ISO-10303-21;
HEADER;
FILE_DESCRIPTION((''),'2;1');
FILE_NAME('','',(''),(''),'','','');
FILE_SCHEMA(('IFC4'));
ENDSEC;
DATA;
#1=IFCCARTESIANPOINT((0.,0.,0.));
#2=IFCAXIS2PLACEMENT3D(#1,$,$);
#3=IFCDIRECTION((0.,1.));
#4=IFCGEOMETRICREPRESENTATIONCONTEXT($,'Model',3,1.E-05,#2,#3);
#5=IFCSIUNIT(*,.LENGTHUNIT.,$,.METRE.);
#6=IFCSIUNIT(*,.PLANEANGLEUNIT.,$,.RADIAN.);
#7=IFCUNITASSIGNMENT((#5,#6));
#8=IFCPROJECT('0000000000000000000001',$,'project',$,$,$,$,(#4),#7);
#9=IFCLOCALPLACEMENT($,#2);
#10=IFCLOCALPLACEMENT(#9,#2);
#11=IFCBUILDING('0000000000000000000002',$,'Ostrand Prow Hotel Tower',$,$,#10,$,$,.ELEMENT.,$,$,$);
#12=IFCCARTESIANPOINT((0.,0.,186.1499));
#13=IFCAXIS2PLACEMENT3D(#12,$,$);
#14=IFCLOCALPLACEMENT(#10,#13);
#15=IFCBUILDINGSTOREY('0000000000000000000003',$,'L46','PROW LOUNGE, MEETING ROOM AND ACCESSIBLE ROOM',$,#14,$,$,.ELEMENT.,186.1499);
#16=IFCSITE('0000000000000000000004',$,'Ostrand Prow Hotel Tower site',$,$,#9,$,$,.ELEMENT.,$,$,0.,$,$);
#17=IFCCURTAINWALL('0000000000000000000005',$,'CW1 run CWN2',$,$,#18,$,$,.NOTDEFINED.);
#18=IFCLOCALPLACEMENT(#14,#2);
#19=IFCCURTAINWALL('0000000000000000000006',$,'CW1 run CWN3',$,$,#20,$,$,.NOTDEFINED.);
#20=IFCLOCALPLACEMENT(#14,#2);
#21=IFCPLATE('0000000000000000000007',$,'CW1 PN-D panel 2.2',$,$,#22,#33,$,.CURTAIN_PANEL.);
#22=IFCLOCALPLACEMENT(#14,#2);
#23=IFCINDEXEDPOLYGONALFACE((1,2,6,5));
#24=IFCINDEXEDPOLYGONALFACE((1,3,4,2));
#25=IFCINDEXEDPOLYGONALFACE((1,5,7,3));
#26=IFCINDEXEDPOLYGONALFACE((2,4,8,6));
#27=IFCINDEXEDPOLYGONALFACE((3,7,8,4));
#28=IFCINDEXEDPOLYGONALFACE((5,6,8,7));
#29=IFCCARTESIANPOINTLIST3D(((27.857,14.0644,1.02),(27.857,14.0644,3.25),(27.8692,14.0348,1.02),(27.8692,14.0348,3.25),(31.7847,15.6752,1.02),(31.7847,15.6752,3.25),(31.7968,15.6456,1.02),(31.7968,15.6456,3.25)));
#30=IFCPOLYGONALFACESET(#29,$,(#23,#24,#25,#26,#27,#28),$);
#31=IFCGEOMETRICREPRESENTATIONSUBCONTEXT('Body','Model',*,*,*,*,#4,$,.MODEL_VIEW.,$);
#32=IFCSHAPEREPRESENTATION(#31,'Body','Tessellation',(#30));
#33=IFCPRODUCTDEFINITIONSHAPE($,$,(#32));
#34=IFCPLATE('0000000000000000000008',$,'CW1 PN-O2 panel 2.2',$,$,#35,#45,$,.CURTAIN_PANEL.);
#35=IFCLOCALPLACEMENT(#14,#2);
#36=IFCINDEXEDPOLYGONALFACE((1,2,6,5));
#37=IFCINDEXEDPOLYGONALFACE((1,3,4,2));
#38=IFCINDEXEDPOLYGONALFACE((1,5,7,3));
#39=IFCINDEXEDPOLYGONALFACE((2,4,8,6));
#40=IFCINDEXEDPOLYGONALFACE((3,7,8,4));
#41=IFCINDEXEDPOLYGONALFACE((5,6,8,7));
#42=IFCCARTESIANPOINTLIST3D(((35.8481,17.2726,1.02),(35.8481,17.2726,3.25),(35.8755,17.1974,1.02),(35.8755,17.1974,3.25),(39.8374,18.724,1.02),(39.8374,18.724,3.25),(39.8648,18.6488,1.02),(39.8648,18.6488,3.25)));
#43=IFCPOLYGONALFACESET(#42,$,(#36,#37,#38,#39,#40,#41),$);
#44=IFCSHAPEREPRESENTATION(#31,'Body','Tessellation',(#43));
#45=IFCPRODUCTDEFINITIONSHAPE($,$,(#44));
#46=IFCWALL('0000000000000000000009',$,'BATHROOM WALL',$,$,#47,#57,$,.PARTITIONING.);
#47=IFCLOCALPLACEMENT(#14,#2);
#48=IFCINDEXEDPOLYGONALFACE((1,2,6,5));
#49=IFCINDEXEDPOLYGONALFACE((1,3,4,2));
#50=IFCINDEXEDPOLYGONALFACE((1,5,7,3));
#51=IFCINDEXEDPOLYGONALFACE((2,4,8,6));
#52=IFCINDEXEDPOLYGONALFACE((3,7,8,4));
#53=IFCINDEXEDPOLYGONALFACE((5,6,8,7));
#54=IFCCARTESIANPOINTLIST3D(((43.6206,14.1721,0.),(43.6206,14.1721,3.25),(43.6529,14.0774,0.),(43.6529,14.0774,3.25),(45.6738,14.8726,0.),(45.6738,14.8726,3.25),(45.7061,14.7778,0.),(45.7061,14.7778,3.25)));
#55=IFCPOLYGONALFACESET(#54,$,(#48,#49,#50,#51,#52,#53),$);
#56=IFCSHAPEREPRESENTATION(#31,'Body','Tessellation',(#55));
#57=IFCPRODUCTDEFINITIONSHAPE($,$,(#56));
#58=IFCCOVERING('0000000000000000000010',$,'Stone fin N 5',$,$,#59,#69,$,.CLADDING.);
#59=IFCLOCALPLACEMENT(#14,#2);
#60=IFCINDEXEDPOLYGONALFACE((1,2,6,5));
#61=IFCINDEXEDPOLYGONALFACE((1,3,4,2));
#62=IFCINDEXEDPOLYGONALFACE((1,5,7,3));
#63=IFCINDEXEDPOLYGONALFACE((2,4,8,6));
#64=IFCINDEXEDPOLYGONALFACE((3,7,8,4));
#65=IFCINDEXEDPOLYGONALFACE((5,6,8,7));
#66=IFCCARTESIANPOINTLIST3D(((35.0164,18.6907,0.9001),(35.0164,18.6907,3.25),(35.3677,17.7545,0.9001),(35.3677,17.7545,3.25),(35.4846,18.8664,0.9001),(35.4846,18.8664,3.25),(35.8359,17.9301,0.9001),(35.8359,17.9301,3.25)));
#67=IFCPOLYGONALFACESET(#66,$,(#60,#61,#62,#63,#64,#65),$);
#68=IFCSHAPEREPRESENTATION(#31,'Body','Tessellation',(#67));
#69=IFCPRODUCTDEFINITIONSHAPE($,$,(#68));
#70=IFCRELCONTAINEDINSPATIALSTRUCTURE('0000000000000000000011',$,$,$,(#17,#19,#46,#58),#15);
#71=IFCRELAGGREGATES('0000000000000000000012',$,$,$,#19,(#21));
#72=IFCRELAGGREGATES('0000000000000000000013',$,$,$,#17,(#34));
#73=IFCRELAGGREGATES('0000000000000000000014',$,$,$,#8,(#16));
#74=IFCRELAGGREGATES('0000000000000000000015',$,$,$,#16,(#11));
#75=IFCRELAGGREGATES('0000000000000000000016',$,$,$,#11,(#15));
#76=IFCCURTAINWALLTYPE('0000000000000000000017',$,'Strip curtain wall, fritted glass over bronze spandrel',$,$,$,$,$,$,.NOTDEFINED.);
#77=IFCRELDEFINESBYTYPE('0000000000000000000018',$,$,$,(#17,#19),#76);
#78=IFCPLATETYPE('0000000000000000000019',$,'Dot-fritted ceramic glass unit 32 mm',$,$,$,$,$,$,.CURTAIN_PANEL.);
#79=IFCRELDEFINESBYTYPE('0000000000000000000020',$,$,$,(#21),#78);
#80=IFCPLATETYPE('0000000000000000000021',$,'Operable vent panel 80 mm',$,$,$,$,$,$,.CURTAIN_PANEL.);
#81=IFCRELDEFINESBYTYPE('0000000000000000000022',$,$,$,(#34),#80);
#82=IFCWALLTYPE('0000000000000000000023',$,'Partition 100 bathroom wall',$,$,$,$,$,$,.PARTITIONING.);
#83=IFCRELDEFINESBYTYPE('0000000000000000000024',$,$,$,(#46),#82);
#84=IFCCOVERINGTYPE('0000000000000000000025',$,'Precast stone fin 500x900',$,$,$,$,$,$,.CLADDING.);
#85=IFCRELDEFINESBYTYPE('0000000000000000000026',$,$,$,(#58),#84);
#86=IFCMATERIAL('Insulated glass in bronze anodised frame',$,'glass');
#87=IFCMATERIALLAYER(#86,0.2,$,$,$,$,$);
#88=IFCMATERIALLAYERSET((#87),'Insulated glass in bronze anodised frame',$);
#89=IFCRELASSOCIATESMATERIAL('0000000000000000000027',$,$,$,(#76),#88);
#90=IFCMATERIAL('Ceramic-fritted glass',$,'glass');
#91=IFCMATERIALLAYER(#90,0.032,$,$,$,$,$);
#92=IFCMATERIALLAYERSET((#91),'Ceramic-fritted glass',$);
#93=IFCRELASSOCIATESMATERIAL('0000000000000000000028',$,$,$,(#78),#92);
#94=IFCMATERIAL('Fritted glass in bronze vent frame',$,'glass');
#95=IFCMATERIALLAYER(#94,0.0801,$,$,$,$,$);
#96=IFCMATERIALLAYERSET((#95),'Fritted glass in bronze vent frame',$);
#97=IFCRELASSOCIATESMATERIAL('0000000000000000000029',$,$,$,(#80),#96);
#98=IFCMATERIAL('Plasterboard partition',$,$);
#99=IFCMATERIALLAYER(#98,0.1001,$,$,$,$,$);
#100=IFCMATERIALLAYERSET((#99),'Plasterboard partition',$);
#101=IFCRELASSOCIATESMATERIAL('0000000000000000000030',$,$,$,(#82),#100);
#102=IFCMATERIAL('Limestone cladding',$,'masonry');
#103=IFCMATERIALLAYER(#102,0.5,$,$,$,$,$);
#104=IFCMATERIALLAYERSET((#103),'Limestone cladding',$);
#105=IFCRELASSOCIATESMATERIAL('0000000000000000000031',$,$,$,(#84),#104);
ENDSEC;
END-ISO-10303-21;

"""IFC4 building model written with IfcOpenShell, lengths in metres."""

from ifc_helpers import new_model, si_unit, direction, frame, frame_2d, origin, origin_2d, place, context, subcontext, project, spatial, rectangle, extrude, material, layer, layer_set, type_object, element, aggregate, save


model = new_model("IFC4")

# Units and contexts
model_context = context("Model", 3, precision=1e-05, world=origin(), true_north=direction((0.0, 1.0)))
body_context = subcontext(model_context, "Body", "Model", "MODEL_VIEW")
ifc_project = project(units=[si_unit("LENGTHUNIT", "METRE"), si_unit("PLANEANGLEUNIT", "RADIAN")], contexts=[model_context])

# Site, building, storey
site_placement = place(None, origin())
site = spatial("IfcSite", under=ifc_project, at=site_placement, Name="Ostrand Prow Hotel Tower site", CompositionType="ELEMENT", RefElevation=0.0)
building_placement = place(site_placement, origin())
building = spatial("IfcBuilding", under=site, at=building_placement, Name="Ostrand Prow Hotel Tower", CompositionType="ELEMENT")
storey_placement = place(building_placement, frame((0.0, 0.0, 186.1499)))
storey = spatial("IfcBuildingStorey", under=building, at=storey_placement, Name="L46", Description="PROW LOUNGE, MEETING ROOM AND ACCESSIBLE ROOM", CompositionType="ELEMENT", Elevation=186.1499)

# Shared definitions
ifc_material_1 = material(Name="Insulated glass in bronze anodised frame", Category="glass")
ifc_layer_1 = layer(ifc_material_1, 0.2)
ifc_layer_set_1 = layer_set([ifc_layer_1], Name="Insulated glass in bronze anodised frame")
curtain_wall_type = type_object("IfcCurtainWallType", Name="Strip curtain wall, fritted glass over bronze spandrel", PredefinedType="NOTDEFINED", material=ifc_layer_set_1)

# Curtain walls
curtain_wall_1_placement = place(storey_placement, origin())
curtain_wall_1 = element("IfcCurtainWall", 1, at=curtain_wall_1_placement, inside=storey, type_object=curtain_wall_type, Name="CW1 run CWN2", PredefinedType="NOTDEFINED")
curtain_wall_2_placement = place(storey_placement, origin())
curtain_wall_2 = element("IfcCurtainWall", 2, at=curtain_wall_2_placement, inside=storey, type_object=curtain_wall_type, Name="CW1 run CWN3", PredefinedType="NOTDEFINED")

# Plates
ifc_material_2 = material(Name="Ceramic-fritted glass", Category="glass")
ifc_layer_2 = layer(ifc_material_2, 0.032)
ifc_layer_set_2 = layer_set([ifc_layer_2], Name="Ceramic-fritted glass")
plate_type_1 = type_object("IfcPlateType", Name="Dot-fritted ceramic glass unit 32 mm", PredefinedType="CURTAIN_PANEL", material=ifc_layer_set_2)
plate_1_placement = place(storey_placement, frame((29.8269, 14.855, 1.02), z_axis=(0.0, 0.0, 1.0), x_axis=(-0.925211, -0.379453, 0.0)))
plate_1 = element("IfcPlate", 3, at=plate_1_placement, type_object=plate_type_1, Name="CW1 PN-D panel 2.2", PredefinedType="CURTAIN_PANEL", context=body_context, shape_type="SweptSolid", body=[
    extrude(rectangle(XDim=4.2451, YDim=0.032, at=origin_2d()), origin(), (0.0, 0.0, 1.0), 2.23),
])
aggregate(curtain_wall_2, [plate_1])
ifc_material_3 = material(Name="Fritted glass in bronze vent frame", Category="glass")
ifc_layer_3 = layer(ifc_material_3, 0.0801)
ifc_layer_set_3 = layer_set([ifc_layer_3], Name="Fritted glass in bronze vent frame")
plate_type_2 = type_object("IfcPlateType", Name="Operable vent panel 80 mm", PredefinedType="CURTAIN_PANEL", material=ifc_layer_set_3)
plate_2_placement = place(storey_placement, frame((37.8564, 17.9607, 1.02), z_axis=(0.0, 0.0, 1.0), x_axis=(-0.939737, -0.341897, 0.0)))
plate_2 = element("IfcPlate", 4, at=plate_2_placement, type_object=plate_type_2, Name="CW1 PN-O2 panel 2.2", PredefinedType="CURTAIN_PANEL", context=body_context, shape_type="SweptSolid", body=[
    extrude(rectangle(XDim=4.2451, YDim=0.0801, at=origin_2d()), origin(), (0.0, 0.0, 1.0), 2.23),
])
aggregate(curtain_wall_1, [plate_2])

# Wall
ifc_material_4 = material(Name="Plasterboard partition")
ifc_layer_4 = layer(ifc_material_4, 0.1001)
ifc_layer_set_4 = layer_set([ifc_layer_4], Name="Plasterboard partition")
wall_type = type_object("IfcWallType", Name="Partition 100 bathroom wall", PredefinedType="PARTITIONING", material=ifc_layer_set_4)
wall_placement = place(storey_placement, frame((43.6367, 14.1248, 0.0), z_axis=(0.0, 0.0, 1.0), x_axis=(0.946443, 0.322871, 0.0)))
element("IfcWall", 5, at=wall_placement, inside=storey, type_object=wall_type, Name="BATHROOM WALL", PredefinedType="PARTITIONING", context=body_context, shape_type="SweptSolid", body=[
    extrude(rectangle(XDim=2.1694, YDim=0.1001, at=frame_2d((1.0847, 0.0))), origin(), (0.0, 0.0, 1.0), 3.25),
])

# Covering
ifc_material_5 = material(Name="Limestone cladding", Category="masonry")
ifc_layer_5 = layer(ifc_material_5, 0.5)
ifc_layer_set_5 = layer_set([ifc_layer_5], Name="Limestone cladding")
covering_type = type_object("IfcCoveringType", Name="Precast stone fin 500x900", PredefinedType="CLADDING", material=ifc_layer_set_5)
covering_placement = place(storey_placement, frame((35.6018, 17.8423, 0.9001), z_axis=(0.0, 0.0, 1.0), x_axis=(-0.351311, 0.936259, 0.0)))
element("IfcCovering", 6, at=covering_placement, inside=storey, type_object=covering_type, Name="Stone fin N 5", PredefinedType="CLADDING", context=body_context, shape_type="SweptSolid", body=[
    extrude(rectangle(XDim=1.0, YDim=0.5, at=frame_2d((0.5, 0.0))), origin(), (0.0, 0.0, 1.0), 2.3499),
])

save(model, "model.ifc")
